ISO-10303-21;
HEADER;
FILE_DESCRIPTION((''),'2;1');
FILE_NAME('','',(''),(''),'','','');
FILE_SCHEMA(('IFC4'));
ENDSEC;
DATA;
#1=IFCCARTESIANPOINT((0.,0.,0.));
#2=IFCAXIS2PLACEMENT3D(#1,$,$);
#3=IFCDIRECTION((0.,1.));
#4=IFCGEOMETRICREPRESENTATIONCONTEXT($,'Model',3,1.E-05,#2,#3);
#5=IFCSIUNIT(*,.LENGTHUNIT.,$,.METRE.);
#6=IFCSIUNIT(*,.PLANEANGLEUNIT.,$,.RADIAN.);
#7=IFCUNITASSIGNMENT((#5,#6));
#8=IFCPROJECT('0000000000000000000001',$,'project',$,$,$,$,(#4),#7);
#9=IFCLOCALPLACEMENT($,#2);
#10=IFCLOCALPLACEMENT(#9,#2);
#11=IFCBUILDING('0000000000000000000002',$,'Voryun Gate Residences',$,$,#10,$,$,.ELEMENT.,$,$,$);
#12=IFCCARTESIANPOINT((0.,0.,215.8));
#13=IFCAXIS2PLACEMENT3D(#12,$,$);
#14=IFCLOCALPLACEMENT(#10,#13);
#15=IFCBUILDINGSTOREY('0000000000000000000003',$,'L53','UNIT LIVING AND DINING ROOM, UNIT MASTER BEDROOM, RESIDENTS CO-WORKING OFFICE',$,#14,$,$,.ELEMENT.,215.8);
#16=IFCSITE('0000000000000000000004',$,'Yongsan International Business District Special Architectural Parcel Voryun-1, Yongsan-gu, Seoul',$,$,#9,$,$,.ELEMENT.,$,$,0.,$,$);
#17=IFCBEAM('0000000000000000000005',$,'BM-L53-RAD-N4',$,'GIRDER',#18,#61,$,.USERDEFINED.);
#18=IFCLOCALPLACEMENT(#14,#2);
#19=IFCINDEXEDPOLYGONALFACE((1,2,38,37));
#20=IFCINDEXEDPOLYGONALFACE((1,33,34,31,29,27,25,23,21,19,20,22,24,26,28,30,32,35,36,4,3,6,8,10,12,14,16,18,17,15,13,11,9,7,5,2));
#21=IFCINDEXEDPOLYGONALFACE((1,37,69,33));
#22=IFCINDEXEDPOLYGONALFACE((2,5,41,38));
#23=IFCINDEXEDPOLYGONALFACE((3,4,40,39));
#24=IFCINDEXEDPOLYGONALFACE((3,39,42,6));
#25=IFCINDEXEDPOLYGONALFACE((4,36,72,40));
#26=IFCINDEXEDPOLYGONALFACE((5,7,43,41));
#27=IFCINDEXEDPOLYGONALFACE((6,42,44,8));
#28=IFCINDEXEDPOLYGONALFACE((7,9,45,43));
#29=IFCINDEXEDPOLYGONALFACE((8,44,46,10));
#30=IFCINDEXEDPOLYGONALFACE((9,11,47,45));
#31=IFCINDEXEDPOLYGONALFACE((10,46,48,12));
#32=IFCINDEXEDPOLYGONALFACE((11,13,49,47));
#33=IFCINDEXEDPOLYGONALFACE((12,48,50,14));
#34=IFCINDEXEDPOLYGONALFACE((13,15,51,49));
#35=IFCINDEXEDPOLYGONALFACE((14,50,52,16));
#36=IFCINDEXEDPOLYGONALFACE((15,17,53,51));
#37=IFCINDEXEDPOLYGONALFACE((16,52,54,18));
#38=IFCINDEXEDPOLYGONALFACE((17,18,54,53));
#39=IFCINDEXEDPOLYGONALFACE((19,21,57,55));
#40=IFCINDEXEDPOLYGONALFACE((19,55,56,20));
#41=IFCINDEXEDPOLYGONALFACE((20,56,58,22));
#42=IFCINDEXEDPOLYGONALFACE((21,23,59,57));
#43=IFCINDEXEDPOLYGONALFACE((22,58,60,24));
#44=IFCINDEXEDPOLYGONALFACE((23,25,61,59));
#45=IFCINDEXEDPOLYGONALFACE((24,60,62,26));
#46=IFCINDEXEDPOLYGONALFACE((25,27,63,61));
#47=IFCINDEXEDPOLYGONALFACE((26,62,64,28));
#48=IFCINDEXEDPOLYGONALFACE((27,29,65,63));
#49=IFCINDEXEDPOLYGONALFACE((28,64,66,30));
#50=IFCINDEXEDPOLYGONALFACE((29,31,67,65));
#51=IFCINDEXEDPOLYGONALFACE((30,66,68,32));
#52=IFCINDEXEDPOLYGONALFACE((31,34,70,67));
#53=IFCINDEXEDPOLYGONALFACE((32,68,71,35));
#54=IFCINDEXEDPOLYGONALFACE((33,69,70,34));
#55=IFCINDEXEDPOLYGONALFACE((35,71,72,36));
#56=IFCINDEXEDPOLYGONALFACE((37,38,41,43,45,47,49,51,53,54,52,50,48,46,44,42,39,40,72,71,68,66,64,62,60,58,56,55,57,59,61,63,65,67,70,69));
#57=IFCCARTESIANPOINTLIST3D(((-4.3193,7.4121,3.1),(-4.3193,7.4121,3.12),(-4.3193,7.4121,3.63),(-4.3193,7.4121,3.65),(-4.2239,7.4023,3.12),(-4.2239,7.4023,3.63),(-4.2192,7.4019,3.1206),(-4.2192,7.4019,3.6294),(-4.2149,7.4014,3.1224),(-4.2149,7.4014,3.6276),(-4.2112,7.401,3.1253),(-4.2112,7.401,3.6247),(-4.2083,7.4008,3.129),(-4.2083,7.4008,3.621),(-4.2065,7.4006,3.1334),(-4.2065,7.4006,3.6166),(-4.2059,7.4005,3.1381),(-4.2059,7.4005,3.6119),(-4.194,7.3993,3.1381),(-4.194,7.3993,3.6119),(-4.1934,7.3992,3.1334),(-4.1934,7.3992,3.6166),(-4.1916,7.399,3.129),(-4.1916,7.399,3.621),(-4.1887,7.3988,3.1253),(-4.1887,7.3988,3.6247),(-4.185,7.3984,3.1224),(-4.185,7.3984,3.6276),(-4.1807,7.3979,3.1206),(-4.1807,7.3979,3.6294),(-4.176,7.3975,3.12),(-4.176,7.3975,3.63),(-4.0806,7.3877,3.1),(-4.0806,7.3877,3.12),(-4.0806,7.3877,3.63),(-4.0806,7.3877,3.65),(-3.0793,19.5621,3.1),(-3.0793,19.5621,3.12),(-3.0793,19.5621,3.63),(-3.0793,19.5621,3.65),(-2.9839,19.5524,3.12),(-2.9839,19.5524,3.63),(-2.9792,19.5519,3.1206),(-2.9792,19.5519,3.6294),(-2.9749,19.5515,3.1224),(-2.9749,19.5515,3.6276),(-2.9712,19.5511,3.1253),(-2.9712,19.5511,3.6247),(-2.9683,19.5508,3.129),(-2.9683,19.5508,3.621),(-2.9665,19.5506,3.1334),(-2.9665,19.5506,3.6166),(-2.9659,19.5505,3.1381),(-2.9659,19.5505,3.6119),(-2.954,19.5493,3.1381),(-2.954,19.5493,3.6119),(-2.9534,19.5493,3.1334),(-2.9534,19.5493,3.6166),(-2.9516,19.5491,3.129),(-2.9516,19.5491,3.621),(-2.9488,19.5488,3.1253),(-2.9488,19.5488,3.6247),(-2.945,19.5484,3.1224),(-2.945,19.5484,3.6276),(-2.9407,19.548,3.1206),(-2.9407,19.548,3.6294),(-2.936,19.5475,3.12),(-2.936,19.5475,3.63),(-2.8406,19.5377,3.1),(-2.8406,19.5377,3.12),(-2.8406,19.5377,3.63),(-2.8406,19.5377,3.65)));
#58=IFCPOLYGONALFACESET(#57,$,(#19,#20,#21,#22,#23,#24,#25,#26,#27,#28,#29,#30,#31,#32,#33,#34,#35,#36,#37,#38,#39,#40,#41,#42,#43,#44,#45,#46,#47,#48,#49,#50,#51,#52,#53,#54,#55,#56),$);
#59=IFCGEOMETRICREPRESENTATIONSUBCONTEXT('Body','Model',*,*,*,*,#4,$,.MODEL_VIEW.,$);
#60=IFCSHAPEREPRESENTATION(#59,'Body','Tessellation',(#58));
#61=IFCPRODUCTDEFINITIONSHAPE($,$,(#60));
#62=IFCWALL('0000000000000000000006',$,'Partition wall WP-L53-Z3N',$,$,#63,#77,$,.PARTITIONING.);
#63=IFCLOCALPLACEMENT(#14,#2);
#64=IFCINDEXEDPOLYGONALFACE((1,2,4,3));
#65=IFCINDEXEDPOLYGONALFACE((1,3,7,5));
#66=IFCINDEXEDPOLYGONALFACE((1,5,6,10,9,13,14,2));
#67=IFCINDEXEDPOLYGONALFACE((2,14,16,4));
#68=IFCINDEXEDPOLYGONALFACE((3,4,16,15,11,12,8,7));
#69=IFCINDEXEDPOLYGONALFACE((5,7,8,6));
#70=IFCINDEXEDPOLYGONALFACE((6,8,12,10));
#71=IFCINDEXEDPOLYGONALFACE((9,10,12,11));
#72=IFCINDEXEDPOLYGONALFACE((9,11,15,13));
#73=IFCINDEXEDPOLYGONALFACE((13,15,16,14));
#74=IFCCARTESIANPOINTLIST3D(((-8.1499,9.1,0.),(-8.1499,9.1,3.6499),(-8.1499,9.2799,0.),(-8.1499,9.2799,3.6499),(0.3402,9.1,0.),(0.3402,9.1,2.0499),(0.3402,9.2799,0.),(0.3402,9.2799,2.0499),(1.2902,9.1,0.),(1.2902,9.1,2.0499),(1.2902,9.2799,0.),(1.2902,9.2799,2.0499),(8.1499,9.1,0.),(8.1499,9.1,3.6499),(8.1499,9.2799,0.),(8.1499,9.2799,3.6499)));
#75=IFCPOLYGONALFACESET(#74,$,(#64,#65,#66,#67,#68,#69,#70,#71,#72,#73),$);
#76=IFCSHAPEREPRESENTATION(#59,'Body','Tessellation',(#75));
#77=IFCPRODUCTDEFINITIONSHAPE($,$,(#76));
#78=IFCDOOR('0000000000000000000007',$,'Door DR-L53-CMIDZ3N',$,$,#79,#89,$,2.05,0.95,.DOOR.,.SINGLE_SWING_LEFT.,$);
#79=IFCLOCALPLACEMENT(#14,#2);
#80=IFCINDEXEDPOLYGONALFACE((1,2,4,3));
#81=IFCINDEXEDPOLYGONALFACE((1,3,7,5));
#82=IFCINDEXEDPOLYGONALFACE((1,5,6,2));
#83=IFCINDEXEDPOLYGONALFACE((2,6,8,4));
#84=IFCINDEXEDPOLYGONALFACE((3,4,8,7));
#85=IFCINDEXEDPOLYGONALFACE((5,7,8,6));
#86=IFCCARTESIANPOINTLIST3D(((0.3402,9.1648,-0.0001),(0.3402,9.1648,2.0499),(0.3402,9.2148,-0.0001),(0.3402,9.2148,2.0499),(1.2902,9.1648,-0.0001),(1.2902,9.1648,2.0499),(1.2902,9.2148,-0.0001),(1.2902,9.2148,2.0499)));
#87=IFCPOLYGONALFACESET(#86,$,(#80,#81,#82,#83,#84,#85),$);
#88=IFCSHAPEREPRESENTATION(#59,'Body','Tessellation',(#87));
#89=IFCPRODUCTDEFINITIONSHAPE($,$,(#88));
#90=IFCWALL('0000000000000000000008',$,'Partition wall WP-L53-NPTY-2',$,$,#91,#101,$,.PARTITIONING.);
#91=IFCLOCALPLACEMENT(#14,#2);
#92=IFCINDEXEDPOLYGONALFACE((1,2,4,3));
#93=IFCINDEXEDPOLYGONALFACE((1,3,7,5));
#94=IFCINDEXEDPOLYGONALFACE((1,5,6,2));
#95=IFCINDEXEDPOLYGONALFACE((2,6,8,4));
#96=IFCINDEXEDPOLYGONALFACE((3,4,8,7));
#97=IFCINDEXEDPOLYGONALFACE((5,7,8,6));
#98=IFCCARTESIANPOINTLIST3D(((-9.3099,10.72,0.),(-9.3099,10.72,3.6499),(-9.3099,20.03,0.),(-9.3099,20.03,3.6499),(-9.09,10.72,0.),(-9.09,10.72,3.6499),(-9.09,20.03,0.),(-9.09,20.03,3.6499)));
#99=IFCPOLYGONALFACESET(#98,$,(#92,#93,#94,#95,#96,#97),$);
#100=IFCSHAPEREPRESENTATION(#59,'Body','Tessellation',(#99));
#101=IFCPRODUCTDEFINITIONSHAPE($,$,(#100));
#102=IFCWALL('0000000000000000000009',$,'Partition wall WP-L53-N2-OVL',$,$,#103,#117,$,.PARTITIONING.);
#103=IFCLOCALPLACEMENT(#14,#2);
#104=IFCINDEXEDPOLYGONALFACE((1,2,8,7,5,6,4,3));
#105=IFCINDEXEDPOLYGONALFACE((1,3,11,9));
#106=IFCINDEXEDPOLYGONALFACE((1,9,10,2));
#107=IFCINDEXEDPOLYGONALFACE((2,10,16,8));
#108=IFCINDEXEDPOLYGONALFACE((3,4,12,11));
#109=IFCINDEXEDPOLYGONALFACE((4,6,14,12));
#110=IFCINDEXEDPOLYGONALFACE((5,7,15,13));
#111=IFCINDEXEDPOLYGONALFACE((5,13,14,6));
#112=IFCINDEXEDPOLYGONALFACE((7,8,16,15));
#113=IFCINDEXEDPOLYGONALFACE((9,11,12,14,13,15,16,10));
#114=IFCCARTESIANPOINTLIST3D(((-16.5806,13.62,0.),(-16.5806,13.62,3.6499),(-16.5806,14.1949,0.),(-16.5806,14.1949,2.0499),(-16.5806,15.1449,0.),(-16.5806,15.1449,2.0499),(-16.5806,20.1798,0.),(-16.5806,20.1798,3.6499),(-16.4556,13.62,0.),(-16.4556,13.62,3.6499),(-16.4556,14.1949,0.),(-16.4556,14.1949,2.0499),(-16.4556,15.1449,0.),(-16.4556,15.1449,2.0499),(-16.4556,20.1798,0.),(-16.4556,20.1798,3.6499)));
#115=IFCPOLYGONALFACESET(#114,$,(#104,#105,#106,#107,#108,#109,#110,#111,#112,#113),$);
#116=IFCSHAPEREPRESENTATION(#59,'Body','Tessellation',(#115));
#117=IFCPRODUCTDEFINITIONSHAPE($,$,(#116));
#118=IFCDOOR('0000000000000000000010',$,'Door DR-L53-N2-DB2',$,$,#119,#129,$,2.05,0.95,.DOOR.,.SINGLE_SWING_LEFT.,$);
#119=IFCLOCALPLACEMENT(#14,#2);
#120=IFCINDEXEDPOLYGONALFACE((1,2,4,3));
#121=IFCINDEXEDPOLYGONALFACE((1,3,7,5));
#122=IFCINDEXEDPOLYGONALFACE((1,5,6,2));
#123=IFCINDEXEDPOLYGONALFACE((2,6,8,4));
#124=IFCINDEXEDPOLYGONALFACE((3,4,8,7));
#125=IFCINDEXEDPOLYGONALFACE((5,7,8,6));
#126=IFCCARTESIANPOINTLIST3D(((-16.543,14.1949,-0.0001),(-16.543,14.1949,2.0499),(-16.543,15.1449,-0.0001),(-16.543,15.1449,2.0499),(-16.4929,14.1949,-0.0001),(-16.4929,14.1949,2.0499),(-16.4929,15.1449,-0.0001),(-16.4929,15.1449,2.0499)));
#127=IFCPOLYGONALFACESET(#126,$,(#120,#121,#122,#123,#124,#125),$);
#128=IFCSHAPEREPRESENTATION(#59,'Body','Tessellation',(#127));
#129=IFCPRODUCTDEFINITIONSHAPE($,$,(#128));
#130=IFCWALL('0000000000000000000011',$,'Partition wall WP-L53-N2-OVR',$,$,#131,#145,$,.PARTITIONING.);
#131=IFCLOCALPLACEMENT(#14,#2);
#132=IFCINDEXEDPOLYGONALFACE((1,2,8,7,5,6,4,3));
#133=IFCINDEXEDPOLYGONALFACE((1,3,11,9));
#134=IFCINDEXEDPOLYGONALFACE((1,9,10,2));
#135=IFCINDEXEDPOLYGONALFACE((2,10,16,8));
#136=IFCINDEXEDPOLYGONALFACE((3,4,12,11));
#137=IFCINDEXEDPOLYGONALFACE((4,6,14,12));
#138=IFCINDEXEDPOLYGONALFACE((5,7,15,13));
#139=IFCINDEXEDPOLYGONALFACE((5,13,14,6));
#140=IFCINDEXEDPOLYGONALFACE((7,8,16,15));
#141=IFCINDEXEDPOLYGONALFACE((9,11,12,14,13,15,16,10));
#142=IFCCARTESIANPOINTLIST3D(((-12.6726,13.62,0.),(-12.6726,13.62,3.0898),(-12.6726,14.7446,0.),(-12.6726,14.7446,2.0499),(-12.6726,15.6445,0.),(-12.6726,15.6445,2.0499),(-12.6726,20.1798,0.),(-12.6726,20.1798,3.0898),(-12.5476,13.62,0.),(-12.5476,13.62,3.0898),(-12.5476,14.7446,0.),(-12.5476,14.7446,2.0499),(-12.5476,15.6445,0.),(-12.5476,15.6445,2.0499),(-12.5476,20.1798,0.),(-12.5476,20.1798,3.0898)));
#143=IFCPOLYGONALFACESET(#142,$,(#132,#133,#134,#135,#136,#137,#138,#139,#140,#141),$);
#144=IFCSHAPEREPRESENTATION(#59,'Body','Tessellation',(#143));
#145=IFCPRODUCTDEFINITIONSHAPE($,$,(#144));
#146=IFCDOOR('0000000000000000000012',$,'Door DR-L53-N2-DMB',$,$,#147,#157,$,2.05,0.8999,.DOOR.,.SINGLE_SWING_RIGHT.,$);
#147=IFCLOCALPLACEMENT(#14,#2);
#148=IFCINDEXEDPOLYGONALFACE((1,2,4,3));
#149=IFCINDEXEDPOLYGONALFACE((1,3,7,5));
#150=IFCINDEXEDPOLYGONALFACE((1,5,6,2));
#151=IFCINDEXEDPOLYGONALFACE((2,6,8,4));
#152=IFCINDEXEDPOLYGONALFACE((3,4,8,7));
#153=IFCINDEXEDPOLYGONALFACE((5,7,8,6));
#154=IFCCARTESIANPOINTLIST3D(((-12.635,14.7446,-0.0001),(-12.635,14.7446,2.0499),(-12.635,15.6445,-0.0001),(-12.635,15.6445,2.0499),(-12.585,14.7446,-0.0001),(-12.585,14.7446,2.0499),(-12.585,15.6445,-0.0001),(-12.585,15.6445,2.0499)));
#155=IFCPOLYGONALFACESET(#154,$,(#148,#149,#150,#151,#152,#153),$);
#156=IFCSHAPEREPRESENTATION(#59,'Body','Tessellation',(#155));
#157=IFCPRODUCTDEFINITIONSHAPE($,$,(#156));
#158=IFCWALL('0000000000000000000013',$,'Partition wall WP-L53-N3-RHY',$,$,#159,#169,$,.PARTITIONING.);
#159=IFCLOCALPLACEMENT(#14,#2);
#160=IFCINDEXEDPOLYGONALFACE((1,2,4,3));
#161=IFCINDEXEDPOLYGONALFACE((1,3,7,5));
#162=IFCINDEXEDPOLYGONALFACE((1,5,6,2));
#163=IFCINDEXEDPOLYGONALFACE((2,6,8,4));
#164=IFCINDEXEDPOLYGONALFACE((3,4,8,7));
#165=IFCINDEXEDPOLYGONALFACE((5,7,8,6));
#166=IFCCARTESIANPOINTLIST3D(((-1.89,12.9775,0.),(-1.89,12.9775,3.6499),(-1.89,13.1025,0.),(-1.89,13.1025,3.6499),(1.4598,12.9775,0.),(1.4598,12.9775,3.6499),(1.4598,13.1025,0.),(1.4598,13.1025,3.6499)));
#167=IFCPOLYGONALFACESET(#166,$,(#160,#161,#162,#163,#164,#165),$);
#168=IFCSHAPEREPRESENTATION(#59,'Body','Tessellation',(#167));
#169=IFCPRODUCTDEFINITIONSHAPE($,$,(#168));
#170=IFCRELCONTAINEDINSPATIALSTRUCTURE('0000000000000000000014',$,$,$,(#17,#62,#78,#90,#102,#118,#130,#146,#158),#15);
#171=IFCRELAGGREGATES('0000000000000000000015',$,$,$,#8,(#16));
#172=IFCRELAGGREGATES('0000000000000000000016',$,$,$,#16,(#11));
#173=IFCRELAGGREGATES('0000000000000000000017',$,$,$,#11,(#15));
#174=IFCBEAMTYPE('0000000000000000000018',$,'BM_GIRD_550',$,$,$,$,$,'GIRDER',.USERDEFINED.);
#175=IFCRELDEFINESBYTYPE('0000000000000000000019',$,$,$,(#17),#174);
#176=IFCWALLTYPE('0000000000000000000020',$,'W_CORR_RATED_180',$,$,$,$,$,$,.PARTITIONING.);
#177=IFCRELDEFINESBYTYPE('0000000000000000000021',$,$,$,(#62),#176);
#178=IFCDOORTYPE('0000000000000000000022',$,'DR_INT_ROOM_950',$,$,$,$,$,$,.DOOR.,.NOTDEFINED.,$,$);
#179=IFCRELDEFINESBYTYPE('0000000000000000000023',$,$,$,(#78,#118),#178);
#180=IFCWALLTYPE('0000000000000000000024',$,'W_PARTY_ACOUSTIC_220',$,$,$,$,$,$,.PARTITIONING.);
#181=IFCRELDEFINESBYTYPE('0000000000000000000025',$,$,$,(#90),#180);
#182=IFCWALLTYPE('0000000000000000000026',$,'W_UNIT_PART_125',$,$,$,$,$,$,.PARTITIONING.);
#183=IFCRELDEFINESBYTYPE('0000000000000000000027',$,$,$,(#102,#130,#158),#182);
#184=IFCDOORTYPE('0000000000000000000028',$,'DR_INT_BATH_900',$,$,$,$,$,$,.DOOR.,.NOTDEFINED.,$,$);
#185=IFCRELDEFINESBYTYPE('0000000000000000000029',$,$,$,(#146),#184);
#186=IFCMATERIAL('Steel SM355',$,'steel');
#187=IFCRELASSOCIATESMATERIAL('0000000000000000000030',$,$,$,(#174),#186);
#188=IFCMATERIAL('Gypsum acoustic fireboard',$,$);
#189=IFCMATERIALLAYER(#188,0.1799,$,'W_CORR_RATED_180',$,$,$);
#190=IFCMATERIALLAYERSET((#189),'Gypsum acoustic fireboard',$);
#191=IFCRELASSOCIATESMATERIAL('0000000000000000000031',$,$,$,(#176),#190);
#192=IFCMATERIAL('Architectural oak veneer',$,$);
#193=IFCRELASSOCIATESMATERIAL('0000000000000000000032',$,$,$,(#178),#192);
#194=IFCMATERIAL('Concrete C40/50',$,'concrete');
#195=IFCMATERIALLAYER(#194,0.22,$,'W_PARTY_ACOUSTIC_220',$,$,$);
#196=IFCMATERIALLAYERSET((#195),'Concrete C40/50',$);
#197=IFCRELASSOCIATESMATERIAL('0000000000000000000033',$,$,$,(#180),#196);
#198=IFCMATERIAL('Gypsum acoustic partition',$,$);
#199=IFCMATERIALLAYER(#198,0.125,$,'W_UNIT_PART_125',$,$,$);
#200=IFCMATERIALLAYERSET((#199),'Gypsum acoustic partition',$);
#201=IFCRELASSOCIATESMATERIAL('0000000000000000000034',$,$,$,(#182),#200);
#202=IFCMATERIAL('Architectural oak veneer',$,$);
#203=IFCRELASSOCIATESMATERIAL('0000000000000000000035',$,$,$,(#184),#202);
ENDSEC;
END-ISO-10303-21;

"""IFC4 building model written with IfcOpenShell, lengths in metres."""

from ifc_helpers import new_model, si_unit, direction, frame, frame_2d, origin, origin_2d, place, context, subcontext, project, spatial, rectangle, i_section, extrude, material, layer, layer_set, material_profile, profile_set, type_object, element, fill, save


model = new_model("IFC4")

# Units and contexts
model_context = context("Model", 3, precision=1e-05, world=origin(), true_north=direction((0.0, 1.0)))
body_context = subcontext(model_context, "Body", "Model", "MODEL_VIEW")
ifc_project = project(units=[si_unit("LENGTHUNIT", "METRE"), si_unit("PLANEANGLEUNIT", "RADIAN")], contexts=[model_context])

# Site, building, storey
site_placement = place(None, origin())
site = spatial("IfcSite", under=ifc_project, at=site_placement, Name="Yongsan International Business District Special Architectural Parcel Voryun-1, Yongsan-gu, Seoul", CompositionType="ELEMENT", RefElevation=0.0)
building_placement = place(site_placement, origin())
building = spatial("IfcBuilding", under=site, at=building_placement, Name="Voryun Gate Residences", CompositionType="ELEMENT")
storey_placement = place(building_placement, frame((0.0, 0.0, 215.8)))
storey = spatial("IfcBuildingStorey", under=building, at=storey_placement, Name="L53", Description="UNIT LIVING AND DINING ROOM, UNIT MASTER BEDROOM, RESIDENTS CO-WORKING OFFICE", CompositionType="ELEMENT", Elevation=215.8)

# Beam
ifc_material_1 = material(Name="Steel SM355", Category="steel")
ifc_material_profile_1 = material_profile(ifc_material_1, i_section(OverallWidth=0.24, OverallDepth=0.55, WebThickness=0.012, FlangeThickness=0.02, FilletRadius=0.0181, at=origin_2d()), Name="H-550x240x12x20")
ifc_profile_set_1 = profile_set([ifc_material_profile_1], Name="Steel SM355")
beam_type_1 = type_object("IfcBeamType", Name="BM_GIRD_550", ElementType="GIRDER", PredefinedType="USERDEFINED", material=ifc_profile_set_1)
beam_1_placement = place(storey_placement, frame((-4.2, 7.3999, 3.375), z_axis=(0.101528, 0.994833, 0.0), x_axis=(-0.994833, 0.101528, 0.0)))
element("IfcBeam", 1, at=beam_1_placement, inside=storey, type_object=beam_type_1, Name="BM-L53-RAD-N4", ObjectType="GIRDER", PredefinedType="USERDEFINED", context=body_context, shape_type="SweptSolid", body=[
    extrude(i_section(OverallWidth=0.24, OverallDepth=0.55, WebThickness=0.012, FlangeThickness=0.02, FilletRadius=0.0181, at=origin_2d()), origin(), (0.0, 0.0, 1.0), 12.2131),
])

# Wall, opening, door
ifc_material_2 = material(Name="Gypsum acoustic fireboard")
ifc_layer_1 = layer(ifc_material_2, 0.1799, Name="W_CORR_RATED_180")
ifc_layer_set_1 = layer_set([ifc_layer_1], Name="Gypsum acoustic fireboard")
wall_type_1 = type_object("IfcWallType", Name="W_CORR_RATED_180", PredefinedType="PARTITIONING", material=ifc_layer_set_1)
wall_1_placement = place(storey_placement, frame((-8.1499, 9.1899, 0.0), z_axis=(0.0, 0.0, 1.0), x_axis=(1.0, 0.0, 0.0)))
wall_1 = element("IfcWall", 2, at=wall_1_placement, inside=storey, type_object=wall_type_1, Name="Partition wall WP-L53-Z3N", PredefinedType="PARTITIONING", context=body_context, shape_type="SweptSolid", body=[
    extrude(rectangle(XDim=16.2998, YDim=0.1799, at=frame_2d((8.1499, 0.0))), origin(), (0.0, 0.0, 1.0), 3.6499),
])
opening_1_placement = place(wall_1_placement, frame((8.49, 0.0, 0.0)))
opening_1 = element("IfcOpeningElement", 3, at=opening_1_placement, cuts=wall_1, PredefinedType="OPENING", context=body_context, shape_type="SweptSolid", body=[
    extrude(rectangle(XDim=0.95, YDim=2.05, at=frame_2d((0.4751, 1.0249))), frame((0.0, 0.0999, 0.0), z_axis=(0.0, -1.0, 0.0), x_axis=(1.0, 0.0, 0.0)), (0.0, 0.0, 1.0), 0.2),
])
ifc_material_3 = material(Name="Architectural oak veneer")
door_type_1 = type_object("IfcDoorType", Name="DR_INT_ROOM_950", OperationType="NOTDEFINED", PredefinedType="DOOR", material=ifc_material_3)
door_1_placement = place(opening_1_placement, origin())
door_1 = element("IfcDoor", 4, at=door_1_placement, inside=storey, type_object=door_type_1, Name="Door DR-L53-CMIDZ3N", OperationType="SINGLE_SWING_LEFT", OverallHeight=2.05, OverallWidth=0.95, PredefinedType="DOOR", context=body_context, shape_type="SweptSolid", body=[
    extrude(rectangle(XDim=0.95, YDim=2.05, at=frame_2d((0.4751, 1.0249))), frame((0.0, 0.0249, 0.0), z_axis=(0.0, -1.0, 0.0), x_axis=(1.0, 0.0, 0.0)), (0.0, 0.0, 1.0), 0.05),
])
fill(opening_1, door_1)

# Wall
ifc_material_4 = material(Name="Concrete C40/50", Category="concrete")
ifc_layer_2 = layer(ifc_material_4, 0.22, Name="W_PARTY_ACOUSTIC_220")
ifc_layer_set_2 = layer_set([ifc_layer_2], Name="Concrete C40/50")
wall_type_2 = type_object("IfcWallType", Name="W_PARTY_ACOUSTIC_220", PredefinedType="PARTITIONING", material=ifc_layer_set_2)
wall_2_placement = place(storey_placement, frame((-9.2, 10.72, 0.0), z_axis=(0.0, 0.0, 1.0), x_axis=(0.0, 1.0, 0.0)))
element("IfcWall", 5, at=wall_2_placement, inside=storey, type_object=wall_type_2, Name="Partition wall WP-L53-NPTY-2", PredefinedType="PARTITIONING", context=body_context, shape_type="SweptSolid", body=[
    extrude(rectangle(XDim=9.3101, YDim=0.22, at=frame_2d((4.655, 0.0))), origin(), (0.0, 0.0, 1.0), 3.6499),
])

# Walls, openings, doors
ifc_material_5 = material(Name="Gypsum acoustic partition")
ifc_layer_3 = layer(ifc_material_5, 0.125, Name="W_UNIT_PART_125")
ifc_layer_set_3 = layer_set([ifc_layer_3], Name="Gypsum acoustic partition")
wall_type_3 = type_object("IfcWallType", Name="W_UNIT_PART_125", PredefinedType="PARTITIONING", material=ifc_layer_set_3)
wall_3_placement = place(storey_placement, frame((-16.5181, 13.6201, 0.0), z_axis=(0.0, 0.0, 1.0), x_axis=(0.0, 1.0, 0.0)))
wall_3 = element("IfcWall", 6, at=wall_3_placement, inside=storey, type_object=wall_type_3, Name="Partition wall WP-L53-N2-OVL", PredefinedType="PARTITIONING", context=body_context, shape_type="SweptSolid", body=[
    extrude(rectangle(XDim=6.5598, YDim=0.125, at=frame_2d((3.2798, 0.0))), origin(), (0.0, 0.0, 1.0), 3.6499),
])
opening_2_placement = place(wall_3_placement, frame((0.5747, 0.0, 0.0)))
opening_2 = element("IfcOpeningElement", 7, at=opening_2_placement, cuts=wall_3, PredefinedType="OPENING", context=body_context, shape_type="SweptSolid", body=[
    extrude(rectangle(XDim=0.95, YDim=2.05, at=frame_2d((0.4751, 1.0249))), frame((0.0, 0.0725, 0.0), z_axis=(0.0, -1.0, 0.0), x_axis=(1.0, 0.0, 0.0)), (0.0, 0.0, 1.0), 0.145),
])
door_2_placement = place(opening_2_placement, origin())
door_2 = element("IfcDoor", 8, at=door_2_placement, inside=storey, type_object=door_type_1, Name="Door DR-L53-N2-DB2", OperationType="SINGLE_SWING_LEFT", OverallHeight=2.05, OverallWidth=0.95, PredefinedType="DOOR", context=body_context, shape_type="SweptSolid", body=[
    extrude(rectangle(XDim=0.95, YDim=2.05, at=frame_2d((0.4751, 1.0249))), frame((0.0, 0.0249, 0.0), z_axis=(0.0, -1.0, 0.0), x_axis=(1.0, 0.0, 0.0)), (0.0, 0.0, 1.0), 0.05),
])
fill(opening_2, door_2)
wall_4_placement = place(storey_placement, frame((-12.6101, 13.6201, 0.0), z_axis=(0.0, 0.0, 1.0), x_axis=(0.0, 1.0, 0.0)))
wall_4 = element("IfcWall", 9, at=wall_4_placement, inside=storey, type_object=wall_type_3, Name="Partition wall WP-L53-N2-OVR", PredefinedType="PARTITIONING", context=body_context, shape_type="SweptSolid", body=[
    extrude(rectangle(XDim=6.5598, YDim=0.125, at=frame_2d((3.2798, 0.0))), origin(), (0.0, 0.0, 1.0), 3.0898),
])
opening_3_placement = place(wall_4_placement, frame((1.1245, 0.0, 0.0)))
opening_3 = element("IfcOpeningElement", 10, at=opening_3_placement, cuts=wall_4, PredefinedType="OPENING", context=body_context, shape_type="SweptSolid", body=[
    extrude(rectangle(XDim=0.8999, YDim=2.05, at=frame_2d((0.45, 1.0249))), frame((0.0, 0.0725, 0.0), z_axis=(0.0, -1.0, 0.0), x_axis=(1.0, 0.0, 0.0)), (0.0, 0.0, 1.0), 0.145),
])
ifc_material_6 = material(Name="Architectural oak veneer")
door_type_2 = type_object("IfcDoorType", Name="DR_INT_BATH_900", OperationType="NOTDEFINED", PredefinedType="DOOR", material=ifc_material_6)
door_3_placement = place(opening_3_placement, origin())
door_3 = element("IfcDoor", 11, at=door_3_placement, inside=storey, type_object=door_type_2, Name="Door DR-L53-N2-DMB", OperationType="SINGLE_SWING_RIGHT", OverallHeight=2.05, OverallWidth=0.8999, PredefinedType="DOOR", context=body_context, shape_type="SweptSolid", body=[
    extrude(rectangle(XDim=0.8999, YDim=2.05, at=frame_2d((0.45, 1.0249))), frame((0.0, 0.0249, 0.0), z_axis=(0.0, -1.0, 0.0), x_axis=(1.0, 0.0, 0.0)), (0.0, 0.0, 1.0), 0.05),
])
fill(opening_3, door_3)

# Wall
wall_5_placement = place(storey_placement, frame((-1.8899, 13.04, 0.0), z_axis=(0.0, 0.0, 1.0), x_axis=(1.0, 0.0, 0.0)))
element("IfcWall", 12, at=wall_5_placement, inside=storey, type_object=wall_type_3, Name="Partition wall WP-L53-N3-RHY", PredefinedType="PARTITIONING", context=body_context, shape_type="SweptSolid", body=[
    extrude(rectangle(XDim=3.3499, YDim=0.125, at=frame_2d((1.6748, 0.0))), origin(), (0.0, 0.0, 1.0), 3.6499),
])

save(model, "model.ifc")
